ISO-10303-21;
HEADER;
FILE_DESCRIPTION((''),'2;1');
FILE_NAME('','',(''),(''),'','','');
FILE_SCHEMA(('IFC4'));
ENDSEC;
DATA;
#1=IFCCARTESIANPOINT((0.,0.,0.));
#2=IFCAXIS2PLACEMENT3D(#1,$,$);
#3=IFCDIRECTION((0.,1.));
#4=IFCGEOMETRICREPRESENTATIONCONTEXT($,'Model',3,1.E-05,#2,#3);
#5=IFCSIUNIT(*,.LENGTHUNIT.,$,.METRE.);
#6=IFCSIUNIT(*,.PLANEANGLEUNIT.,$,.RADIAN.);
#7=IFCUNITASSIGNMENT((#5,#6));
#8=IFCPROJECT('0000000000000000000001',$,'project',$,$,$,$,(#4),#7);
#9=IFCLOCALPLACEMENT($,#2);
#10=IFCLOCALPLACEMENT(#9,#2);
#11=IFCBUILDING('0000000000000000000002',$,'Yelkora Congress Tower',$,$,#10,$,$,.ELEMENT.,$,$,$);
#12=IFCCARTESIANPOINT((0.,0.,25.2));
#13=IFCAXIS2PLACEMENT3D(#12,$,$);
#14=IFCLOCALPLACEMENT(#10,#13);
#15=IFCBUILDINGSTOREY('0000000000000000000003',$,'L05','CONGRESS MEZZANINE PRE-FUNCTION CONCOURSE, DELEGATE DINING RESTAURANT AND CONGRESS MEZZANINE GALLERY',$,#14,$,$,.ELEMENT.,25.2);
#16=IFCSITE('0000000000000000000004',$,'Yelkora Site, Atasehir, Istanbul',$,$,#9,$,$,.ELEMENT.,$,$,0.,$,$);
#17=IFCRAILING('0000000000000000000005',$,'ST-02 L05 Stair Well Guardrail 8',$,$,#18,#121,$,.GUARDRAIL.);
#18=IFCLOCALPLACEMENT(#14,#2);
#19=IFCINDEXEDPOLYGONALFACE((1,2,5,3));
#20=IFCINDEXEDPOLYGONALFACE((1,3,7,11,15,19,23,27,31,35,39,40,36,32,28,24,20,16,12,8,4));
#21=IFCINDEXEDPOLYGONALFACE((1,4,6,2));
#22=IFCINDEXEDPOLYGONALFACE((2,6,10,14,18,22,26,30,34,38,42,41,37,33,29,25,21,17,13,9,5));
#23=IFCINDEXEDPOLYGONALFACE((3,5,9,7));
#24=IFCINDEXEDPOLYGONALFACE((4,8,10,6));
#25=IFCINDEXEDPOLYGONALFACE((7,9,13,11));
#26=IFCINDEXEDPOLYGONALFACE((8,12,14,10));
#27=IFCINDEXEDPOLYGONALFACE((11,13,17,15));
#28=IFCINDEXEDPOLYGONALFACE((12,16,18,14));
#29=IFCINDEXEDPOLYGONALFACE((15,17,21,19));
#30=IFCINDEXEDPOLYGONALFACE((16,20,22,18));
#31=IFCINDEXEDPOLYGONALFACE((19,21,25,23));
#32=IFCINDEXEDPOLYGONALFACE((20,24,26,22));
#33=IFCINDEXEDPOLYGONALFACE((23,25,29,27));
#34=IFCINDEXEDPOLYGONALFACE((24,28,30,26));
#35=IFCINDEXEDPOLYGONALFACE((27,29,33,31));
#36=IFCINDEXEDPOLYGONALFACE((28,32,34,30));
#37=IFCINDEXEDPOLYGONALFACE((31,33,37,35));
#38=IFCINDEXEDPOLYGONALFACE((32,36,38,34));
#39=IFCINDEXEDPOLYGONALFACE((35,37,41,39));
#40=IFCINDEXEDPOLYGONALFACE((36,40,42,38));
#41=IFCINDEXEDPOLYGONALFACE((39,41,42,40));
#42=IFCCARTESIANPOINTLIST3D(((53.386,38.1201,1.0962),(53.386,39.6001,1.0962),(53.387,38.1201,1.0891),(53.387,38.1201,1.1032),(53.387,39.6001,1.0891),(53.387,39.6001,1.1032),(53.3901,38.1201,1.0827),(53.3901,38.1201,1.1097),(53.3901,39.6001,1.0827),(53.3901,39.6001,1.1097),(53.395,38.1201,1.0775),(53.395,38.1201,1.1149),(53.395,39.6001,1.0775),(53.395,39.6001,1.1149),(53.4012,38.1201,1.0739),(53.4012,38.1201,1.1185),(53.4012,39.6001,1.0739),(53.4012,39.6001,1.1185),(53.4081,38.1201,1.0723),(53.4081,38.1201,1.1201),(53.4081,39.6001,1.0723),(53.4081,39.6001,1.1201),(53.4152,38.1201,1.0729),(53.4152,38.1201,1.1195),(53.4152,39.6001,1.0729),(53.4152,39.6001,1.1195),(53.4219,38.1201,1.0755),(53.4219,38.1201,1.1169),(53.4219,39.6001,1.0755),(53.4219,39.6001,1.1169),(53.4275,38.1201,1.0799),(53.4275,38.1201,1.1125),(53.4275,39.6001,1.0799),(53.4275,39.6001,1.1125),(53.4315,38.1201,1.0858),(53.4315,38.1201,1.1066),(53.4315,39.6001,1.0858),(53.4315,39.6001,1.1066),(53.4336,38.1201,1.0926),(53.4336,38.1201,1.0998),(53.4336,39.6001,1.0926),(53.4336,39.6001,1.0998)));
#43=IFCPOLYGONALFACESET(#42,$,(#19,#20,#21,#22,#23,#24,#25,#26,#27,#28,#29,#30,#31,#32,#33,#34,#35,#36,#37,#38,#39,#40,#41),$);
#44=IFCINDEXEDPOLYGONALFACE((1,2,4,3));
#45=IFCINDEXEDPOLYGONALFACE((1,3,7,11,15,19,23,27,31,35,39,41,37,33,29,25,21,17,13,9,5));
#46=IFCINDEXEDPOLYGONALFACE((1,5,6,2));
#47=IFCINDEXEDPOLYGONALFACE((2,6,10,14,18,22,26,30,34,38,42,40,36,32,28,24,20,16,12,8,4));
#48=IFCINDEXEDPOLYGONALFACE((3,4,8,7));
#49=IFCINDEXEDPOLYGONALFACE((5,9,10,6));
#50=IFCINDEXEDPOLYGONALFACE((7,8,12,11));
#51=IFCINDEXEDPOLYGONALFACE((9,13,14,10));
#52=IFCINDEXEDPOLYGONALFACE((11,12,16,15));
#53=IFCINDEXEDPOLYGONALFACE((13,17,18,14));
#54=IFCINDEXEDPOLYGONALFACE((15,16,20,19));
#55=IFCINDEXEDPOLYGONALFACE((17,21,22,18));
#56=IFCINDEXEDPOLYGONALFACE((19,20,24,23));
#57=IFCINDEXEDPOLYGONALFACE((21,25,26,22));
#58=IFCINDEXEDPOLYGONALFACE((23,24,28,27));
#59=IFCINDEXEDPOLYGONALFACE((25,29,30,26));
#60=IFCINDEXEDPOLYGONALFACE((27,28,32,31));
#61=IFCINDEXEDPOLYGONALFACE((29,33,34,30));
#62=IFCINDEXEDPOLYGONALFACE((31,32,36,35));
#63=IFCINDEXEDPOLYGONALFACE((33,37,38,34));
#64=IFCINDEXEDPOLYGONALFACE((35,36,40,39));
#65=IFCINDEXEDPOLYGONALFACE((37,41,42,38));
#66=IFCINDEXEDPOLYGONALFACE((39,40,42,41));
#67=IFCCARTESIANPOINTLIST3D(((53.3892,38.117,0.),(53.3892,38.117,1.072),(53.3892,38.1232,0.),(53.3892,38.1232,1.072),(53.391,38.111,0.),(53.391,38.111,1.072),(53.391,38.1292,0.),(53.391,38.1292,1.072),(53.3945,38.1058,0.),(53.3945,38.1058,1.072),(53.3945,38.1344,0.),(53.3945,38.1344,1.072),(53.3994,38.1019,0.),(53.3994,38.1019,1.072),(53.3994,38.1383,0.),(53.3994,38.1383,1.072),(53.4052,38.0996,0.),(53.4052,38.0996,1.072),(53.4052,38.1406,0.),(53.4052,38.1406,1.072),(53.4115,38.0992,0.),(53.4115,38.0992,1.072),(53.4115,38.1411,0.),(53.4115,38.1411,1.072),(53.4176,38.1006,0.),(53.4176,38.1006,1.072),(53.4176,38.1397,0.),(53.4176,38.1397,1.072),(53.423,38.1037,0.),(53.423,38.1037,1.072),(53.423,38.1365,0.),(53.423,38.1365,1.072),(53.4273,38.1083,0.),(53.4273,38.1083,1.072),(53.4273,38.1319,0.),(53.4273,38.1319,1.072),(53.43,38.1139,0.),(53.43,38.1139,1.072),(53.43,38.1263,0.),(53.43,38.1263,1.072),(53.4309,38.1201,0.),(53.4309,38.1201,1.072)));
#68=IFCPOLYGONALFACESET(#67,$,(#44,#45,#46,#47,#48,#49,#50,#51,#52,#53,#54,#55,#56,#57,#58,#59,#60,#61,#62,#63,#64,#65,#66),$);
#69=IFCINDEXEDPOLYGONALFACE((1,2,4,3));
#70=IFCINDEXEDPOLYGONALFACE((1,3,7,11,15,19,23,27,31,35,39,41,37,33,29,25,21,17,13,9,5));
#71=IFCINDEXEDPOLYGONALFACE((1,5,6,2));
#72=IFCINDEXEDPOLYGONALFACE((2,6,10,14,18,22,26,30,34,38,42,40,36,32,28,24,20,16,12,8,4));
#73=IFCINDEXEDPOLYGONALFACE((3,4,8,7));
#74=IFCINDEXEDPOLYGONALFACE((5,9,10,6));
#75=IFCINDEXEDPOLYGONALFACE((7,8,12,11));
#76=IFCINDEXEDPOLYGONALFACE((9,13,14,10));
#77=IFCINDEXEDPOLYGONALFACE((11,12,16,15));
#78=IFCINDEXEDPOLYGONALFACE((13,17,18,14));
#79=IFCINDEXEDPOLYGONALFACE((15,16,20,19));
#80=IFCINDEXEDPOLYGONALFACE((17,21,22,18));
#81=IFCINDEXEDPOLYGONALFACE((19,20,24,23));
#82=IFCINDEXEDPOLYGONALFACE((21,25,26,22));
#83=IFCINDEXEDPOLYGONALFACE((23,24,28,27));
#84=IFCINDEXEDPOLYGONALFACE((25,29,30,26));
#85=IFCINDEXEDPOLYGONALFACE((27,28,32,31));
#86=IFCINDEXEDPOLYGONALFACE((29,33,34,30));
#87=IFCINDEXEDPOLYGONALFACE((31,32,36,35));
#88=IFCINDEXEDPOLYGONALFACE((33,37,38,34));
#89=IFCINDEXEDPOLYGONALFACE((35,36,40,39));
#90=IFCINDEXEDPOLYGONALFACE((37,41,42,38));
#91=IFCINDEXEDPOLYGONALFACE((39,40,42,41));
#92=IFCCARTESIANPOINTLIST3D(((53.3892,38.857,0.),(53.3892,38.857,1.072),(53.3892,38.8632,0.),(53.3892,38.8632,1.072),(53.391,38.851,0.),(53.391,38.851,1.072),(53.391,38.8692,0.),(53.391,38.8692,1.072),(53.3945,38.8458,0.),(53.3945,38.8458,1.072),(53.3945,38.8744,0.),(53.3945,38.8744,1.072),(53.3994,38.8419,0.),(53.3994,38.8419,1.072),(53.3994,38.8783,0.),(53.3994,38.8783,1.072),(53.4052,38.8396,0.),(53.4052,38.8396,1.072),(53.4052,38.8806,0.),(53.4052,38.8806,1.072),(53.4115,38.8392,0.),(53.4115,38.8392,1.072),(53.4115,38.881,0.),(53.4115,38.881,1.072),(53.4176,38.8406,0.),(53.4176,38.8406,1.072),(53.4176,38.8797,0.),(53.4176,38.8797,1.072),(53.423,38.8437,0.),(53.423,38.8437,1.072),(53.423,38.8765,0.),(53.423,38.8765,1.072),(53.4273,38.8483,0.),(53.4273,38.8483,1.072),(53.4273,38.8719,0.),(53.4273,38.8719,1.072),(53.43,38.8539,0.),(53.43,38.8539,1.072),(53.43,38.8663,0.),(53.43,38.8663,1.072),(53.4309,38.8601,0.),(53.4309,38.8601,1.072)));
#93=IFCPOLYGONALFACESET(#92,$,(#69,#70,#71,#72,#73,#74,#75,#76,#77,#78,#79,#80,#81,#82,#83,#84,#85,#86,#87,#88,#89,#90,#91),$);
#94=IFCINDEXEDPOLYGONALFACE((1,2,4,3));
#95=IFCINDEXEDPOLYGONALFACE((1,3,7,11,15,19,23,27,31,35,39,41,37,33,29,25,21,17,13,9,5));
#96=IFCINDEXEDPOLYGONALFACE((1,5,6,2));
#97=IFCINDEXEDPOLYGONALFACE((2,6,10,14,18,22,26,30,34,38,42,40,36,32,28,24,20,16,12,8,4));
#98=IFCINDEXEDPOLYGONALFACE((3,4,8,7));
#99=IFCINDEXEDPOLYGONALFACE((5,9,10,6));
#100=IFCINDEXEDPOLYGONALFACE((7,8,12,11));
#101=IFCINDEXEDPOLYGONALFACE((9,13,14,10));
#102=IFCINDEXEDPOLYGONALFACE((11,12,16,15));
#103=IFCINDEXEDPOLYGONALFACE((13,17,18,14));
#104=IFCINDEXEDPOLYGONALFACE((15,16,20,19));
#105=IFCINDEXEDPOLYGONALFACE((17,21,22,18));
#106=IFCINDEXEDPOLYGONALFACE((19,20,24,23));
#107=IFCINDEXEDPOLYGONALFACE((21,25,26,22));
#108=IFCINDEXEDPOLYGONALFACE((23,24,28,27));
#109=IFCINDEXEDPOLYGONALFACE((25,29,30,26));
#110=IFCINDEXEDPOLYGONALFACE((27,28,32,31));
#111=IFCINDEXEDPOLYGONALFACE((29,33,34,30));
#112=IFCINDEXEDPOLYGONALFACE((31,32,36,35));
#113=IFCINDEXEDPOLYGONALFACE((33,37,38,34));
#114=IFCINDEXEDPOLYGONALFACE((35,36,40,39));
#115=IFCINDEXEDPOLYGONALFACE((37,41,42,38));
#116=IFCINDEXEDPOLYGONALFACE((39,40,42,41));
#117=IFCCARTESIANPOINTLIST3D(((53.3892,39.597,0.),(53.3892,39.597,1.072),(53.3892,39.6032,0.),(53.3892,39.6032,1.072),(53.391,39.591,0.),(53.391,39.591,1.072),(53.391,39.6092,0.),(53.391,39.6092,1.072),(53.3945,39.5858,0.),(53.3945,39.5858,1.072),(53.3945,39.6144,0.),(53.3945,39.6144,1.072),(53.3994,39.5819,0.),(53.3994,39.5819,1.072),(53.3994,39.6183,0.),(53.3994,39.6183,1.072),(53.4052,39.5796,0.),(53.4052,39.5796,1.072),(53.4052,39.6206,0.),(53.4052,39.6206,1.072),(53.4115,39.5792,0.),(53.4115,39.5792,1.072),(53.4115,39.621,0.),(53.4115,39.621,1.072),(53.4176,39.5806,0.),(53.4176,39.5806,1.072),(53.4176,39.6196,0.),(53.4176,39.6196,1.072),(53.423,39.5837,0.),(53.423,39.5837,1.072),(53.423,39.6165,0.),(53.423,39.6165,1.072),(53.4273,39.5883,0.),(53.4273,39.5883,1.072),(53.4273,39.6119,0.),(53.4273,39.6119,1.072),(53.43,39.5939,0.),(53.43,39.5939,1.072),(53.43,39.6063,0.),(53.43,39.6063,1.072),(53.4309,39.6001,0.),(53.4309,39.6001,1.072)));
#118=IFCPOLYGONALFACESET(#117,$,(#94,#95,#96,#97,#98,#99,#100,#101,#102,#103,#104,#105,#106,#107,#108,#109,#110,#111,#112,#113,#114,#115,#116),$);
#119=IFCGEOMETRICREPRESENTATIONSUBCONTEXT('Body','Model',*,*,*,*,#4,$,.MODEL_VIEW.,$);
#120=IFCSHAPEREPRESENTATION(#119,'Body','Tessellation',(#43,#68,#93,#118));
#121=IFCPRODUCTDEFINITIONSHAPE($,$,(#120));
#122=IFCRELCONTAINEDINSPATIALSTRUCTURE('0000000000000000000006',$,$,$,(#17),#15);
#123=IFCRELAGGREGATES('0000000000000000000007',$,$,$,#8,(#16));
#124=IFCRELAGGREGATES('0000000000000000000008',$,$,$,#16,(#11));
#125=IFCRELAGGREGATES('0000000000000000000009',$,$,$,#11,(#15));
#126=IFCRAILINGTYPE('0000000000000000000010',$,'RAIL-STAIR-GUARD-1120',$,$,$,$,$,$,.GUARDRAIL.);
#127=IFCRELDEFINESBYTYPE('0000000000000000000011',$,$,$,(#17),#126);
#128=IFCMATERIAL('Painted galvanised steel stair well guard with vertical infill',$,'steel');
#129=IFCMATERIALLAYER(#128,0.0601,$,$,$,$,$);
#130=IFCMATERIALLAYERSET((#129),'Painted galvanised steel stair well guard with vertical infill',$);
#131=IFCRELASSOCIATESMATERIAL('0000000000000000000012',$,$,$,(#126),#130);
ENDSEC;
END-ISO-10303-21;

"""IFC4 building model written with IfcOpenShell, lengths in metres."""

from ifc_helpers import new_model, si_unit, direction, frame, origin, origin_2d, place, context, subcontext, project, spatial, circle, extrude, material, layer, layer_set, type_object, element, save


model = new_model("IFC4")

# Units and contexts
model_context = context("Model", 3, precision=1e-05, world=origin(), true_north=direction((0.0, 1.0)))
body_context = subcontext(model_context, "Body", "Model", "MODEL_VIEW")
ifc_project = project(units=[si_unit("LENGTHUNIT", "METRE"), si_unit("PLANEANGLEUNIT", "RADIAN")], contexts=[model_context])

# Site, building, storey
site_placement = place(None, origin())
site = spatial("IfcSite", under=ifc_project, at=site_placement, Name="Yelkora Site, Atasehir, Istanbul", CompositionType="ELEMENT", RefElevation=0.0)
building_placement = place(site_placement, origin())
building = spatial("IfcBuilding", under=site, at=building_placement, Name="Yelkora Congress Tower", CompositionType="ELEMENT")
storey_placement = place(building_placement, frame((0.0, 0.0, 25.2)))
storey = spatial("IfcBuildingStorey", under=building, at=storey_placement, Name="L05", Description="CONGRESS MEZZANINE PRE-FUNCTION CONCOURSE, DELEGATE DINING RESTAURANT AND CONGRESS MEZZANINE GALLERY", CompositionType="ELEMENT", Elevation=25.2)

# Railing
ifc_material_1 = material(Name="Painted galvanised steel stair well guard with vertical infill", Category="steel")
ifc_layer_1 = layer(ifc_material_1, 0.0601)
ifc_layer_set_1 = layer_set([ifc_layer_1], Name="Painted galvanised steel stair well guard with vertical infill")
railing_type_1 = type_object("IfcRailingType", Name="RAIL-STAIR-GUARD-1120", PredefinedType="GUARDRAIL", material=ifc_layer_set_1)
railing_1_placement = place(storey_placement, frame((53.4099, 38.1201, 0.0)))
element("IfcRailing", 1, at=railing_1_placement, inside=storey, type_object=railing_type_1, Name="ST-02 L05 Stair Well Guardrail 8", PredefinedType="GUARDRAIL", context=body_context, shape_type="SweptSolid", body=[
    extrude(circle(Radius=0.0239, at=origin_2d()), frame((0.0, 0.0, 1.0962), z_axis=(0.0, 1.0, 0.0), x_axis=(-1.0, 0.0, 0.0)), (0.0, 0.0, 1.0), 1.48),
    extrude(circle(Radius=0.021, at=origin_2d()), origin(), (0.0, 0.0, 1.0), 1.072),
    extrude(circle(Radius=0.021, at=origin_2d()), frame((0.0, 0.74, 0.0)), (0.0, 0.0, 1.0), 1.072),
    extrude(circle(Radius=0.021, at=origin_2d()), frame((0.0, 1.48, 0.0)), (0.0, 0.0, 1.0), 1.072),
])

save(model, "model.ifc")
